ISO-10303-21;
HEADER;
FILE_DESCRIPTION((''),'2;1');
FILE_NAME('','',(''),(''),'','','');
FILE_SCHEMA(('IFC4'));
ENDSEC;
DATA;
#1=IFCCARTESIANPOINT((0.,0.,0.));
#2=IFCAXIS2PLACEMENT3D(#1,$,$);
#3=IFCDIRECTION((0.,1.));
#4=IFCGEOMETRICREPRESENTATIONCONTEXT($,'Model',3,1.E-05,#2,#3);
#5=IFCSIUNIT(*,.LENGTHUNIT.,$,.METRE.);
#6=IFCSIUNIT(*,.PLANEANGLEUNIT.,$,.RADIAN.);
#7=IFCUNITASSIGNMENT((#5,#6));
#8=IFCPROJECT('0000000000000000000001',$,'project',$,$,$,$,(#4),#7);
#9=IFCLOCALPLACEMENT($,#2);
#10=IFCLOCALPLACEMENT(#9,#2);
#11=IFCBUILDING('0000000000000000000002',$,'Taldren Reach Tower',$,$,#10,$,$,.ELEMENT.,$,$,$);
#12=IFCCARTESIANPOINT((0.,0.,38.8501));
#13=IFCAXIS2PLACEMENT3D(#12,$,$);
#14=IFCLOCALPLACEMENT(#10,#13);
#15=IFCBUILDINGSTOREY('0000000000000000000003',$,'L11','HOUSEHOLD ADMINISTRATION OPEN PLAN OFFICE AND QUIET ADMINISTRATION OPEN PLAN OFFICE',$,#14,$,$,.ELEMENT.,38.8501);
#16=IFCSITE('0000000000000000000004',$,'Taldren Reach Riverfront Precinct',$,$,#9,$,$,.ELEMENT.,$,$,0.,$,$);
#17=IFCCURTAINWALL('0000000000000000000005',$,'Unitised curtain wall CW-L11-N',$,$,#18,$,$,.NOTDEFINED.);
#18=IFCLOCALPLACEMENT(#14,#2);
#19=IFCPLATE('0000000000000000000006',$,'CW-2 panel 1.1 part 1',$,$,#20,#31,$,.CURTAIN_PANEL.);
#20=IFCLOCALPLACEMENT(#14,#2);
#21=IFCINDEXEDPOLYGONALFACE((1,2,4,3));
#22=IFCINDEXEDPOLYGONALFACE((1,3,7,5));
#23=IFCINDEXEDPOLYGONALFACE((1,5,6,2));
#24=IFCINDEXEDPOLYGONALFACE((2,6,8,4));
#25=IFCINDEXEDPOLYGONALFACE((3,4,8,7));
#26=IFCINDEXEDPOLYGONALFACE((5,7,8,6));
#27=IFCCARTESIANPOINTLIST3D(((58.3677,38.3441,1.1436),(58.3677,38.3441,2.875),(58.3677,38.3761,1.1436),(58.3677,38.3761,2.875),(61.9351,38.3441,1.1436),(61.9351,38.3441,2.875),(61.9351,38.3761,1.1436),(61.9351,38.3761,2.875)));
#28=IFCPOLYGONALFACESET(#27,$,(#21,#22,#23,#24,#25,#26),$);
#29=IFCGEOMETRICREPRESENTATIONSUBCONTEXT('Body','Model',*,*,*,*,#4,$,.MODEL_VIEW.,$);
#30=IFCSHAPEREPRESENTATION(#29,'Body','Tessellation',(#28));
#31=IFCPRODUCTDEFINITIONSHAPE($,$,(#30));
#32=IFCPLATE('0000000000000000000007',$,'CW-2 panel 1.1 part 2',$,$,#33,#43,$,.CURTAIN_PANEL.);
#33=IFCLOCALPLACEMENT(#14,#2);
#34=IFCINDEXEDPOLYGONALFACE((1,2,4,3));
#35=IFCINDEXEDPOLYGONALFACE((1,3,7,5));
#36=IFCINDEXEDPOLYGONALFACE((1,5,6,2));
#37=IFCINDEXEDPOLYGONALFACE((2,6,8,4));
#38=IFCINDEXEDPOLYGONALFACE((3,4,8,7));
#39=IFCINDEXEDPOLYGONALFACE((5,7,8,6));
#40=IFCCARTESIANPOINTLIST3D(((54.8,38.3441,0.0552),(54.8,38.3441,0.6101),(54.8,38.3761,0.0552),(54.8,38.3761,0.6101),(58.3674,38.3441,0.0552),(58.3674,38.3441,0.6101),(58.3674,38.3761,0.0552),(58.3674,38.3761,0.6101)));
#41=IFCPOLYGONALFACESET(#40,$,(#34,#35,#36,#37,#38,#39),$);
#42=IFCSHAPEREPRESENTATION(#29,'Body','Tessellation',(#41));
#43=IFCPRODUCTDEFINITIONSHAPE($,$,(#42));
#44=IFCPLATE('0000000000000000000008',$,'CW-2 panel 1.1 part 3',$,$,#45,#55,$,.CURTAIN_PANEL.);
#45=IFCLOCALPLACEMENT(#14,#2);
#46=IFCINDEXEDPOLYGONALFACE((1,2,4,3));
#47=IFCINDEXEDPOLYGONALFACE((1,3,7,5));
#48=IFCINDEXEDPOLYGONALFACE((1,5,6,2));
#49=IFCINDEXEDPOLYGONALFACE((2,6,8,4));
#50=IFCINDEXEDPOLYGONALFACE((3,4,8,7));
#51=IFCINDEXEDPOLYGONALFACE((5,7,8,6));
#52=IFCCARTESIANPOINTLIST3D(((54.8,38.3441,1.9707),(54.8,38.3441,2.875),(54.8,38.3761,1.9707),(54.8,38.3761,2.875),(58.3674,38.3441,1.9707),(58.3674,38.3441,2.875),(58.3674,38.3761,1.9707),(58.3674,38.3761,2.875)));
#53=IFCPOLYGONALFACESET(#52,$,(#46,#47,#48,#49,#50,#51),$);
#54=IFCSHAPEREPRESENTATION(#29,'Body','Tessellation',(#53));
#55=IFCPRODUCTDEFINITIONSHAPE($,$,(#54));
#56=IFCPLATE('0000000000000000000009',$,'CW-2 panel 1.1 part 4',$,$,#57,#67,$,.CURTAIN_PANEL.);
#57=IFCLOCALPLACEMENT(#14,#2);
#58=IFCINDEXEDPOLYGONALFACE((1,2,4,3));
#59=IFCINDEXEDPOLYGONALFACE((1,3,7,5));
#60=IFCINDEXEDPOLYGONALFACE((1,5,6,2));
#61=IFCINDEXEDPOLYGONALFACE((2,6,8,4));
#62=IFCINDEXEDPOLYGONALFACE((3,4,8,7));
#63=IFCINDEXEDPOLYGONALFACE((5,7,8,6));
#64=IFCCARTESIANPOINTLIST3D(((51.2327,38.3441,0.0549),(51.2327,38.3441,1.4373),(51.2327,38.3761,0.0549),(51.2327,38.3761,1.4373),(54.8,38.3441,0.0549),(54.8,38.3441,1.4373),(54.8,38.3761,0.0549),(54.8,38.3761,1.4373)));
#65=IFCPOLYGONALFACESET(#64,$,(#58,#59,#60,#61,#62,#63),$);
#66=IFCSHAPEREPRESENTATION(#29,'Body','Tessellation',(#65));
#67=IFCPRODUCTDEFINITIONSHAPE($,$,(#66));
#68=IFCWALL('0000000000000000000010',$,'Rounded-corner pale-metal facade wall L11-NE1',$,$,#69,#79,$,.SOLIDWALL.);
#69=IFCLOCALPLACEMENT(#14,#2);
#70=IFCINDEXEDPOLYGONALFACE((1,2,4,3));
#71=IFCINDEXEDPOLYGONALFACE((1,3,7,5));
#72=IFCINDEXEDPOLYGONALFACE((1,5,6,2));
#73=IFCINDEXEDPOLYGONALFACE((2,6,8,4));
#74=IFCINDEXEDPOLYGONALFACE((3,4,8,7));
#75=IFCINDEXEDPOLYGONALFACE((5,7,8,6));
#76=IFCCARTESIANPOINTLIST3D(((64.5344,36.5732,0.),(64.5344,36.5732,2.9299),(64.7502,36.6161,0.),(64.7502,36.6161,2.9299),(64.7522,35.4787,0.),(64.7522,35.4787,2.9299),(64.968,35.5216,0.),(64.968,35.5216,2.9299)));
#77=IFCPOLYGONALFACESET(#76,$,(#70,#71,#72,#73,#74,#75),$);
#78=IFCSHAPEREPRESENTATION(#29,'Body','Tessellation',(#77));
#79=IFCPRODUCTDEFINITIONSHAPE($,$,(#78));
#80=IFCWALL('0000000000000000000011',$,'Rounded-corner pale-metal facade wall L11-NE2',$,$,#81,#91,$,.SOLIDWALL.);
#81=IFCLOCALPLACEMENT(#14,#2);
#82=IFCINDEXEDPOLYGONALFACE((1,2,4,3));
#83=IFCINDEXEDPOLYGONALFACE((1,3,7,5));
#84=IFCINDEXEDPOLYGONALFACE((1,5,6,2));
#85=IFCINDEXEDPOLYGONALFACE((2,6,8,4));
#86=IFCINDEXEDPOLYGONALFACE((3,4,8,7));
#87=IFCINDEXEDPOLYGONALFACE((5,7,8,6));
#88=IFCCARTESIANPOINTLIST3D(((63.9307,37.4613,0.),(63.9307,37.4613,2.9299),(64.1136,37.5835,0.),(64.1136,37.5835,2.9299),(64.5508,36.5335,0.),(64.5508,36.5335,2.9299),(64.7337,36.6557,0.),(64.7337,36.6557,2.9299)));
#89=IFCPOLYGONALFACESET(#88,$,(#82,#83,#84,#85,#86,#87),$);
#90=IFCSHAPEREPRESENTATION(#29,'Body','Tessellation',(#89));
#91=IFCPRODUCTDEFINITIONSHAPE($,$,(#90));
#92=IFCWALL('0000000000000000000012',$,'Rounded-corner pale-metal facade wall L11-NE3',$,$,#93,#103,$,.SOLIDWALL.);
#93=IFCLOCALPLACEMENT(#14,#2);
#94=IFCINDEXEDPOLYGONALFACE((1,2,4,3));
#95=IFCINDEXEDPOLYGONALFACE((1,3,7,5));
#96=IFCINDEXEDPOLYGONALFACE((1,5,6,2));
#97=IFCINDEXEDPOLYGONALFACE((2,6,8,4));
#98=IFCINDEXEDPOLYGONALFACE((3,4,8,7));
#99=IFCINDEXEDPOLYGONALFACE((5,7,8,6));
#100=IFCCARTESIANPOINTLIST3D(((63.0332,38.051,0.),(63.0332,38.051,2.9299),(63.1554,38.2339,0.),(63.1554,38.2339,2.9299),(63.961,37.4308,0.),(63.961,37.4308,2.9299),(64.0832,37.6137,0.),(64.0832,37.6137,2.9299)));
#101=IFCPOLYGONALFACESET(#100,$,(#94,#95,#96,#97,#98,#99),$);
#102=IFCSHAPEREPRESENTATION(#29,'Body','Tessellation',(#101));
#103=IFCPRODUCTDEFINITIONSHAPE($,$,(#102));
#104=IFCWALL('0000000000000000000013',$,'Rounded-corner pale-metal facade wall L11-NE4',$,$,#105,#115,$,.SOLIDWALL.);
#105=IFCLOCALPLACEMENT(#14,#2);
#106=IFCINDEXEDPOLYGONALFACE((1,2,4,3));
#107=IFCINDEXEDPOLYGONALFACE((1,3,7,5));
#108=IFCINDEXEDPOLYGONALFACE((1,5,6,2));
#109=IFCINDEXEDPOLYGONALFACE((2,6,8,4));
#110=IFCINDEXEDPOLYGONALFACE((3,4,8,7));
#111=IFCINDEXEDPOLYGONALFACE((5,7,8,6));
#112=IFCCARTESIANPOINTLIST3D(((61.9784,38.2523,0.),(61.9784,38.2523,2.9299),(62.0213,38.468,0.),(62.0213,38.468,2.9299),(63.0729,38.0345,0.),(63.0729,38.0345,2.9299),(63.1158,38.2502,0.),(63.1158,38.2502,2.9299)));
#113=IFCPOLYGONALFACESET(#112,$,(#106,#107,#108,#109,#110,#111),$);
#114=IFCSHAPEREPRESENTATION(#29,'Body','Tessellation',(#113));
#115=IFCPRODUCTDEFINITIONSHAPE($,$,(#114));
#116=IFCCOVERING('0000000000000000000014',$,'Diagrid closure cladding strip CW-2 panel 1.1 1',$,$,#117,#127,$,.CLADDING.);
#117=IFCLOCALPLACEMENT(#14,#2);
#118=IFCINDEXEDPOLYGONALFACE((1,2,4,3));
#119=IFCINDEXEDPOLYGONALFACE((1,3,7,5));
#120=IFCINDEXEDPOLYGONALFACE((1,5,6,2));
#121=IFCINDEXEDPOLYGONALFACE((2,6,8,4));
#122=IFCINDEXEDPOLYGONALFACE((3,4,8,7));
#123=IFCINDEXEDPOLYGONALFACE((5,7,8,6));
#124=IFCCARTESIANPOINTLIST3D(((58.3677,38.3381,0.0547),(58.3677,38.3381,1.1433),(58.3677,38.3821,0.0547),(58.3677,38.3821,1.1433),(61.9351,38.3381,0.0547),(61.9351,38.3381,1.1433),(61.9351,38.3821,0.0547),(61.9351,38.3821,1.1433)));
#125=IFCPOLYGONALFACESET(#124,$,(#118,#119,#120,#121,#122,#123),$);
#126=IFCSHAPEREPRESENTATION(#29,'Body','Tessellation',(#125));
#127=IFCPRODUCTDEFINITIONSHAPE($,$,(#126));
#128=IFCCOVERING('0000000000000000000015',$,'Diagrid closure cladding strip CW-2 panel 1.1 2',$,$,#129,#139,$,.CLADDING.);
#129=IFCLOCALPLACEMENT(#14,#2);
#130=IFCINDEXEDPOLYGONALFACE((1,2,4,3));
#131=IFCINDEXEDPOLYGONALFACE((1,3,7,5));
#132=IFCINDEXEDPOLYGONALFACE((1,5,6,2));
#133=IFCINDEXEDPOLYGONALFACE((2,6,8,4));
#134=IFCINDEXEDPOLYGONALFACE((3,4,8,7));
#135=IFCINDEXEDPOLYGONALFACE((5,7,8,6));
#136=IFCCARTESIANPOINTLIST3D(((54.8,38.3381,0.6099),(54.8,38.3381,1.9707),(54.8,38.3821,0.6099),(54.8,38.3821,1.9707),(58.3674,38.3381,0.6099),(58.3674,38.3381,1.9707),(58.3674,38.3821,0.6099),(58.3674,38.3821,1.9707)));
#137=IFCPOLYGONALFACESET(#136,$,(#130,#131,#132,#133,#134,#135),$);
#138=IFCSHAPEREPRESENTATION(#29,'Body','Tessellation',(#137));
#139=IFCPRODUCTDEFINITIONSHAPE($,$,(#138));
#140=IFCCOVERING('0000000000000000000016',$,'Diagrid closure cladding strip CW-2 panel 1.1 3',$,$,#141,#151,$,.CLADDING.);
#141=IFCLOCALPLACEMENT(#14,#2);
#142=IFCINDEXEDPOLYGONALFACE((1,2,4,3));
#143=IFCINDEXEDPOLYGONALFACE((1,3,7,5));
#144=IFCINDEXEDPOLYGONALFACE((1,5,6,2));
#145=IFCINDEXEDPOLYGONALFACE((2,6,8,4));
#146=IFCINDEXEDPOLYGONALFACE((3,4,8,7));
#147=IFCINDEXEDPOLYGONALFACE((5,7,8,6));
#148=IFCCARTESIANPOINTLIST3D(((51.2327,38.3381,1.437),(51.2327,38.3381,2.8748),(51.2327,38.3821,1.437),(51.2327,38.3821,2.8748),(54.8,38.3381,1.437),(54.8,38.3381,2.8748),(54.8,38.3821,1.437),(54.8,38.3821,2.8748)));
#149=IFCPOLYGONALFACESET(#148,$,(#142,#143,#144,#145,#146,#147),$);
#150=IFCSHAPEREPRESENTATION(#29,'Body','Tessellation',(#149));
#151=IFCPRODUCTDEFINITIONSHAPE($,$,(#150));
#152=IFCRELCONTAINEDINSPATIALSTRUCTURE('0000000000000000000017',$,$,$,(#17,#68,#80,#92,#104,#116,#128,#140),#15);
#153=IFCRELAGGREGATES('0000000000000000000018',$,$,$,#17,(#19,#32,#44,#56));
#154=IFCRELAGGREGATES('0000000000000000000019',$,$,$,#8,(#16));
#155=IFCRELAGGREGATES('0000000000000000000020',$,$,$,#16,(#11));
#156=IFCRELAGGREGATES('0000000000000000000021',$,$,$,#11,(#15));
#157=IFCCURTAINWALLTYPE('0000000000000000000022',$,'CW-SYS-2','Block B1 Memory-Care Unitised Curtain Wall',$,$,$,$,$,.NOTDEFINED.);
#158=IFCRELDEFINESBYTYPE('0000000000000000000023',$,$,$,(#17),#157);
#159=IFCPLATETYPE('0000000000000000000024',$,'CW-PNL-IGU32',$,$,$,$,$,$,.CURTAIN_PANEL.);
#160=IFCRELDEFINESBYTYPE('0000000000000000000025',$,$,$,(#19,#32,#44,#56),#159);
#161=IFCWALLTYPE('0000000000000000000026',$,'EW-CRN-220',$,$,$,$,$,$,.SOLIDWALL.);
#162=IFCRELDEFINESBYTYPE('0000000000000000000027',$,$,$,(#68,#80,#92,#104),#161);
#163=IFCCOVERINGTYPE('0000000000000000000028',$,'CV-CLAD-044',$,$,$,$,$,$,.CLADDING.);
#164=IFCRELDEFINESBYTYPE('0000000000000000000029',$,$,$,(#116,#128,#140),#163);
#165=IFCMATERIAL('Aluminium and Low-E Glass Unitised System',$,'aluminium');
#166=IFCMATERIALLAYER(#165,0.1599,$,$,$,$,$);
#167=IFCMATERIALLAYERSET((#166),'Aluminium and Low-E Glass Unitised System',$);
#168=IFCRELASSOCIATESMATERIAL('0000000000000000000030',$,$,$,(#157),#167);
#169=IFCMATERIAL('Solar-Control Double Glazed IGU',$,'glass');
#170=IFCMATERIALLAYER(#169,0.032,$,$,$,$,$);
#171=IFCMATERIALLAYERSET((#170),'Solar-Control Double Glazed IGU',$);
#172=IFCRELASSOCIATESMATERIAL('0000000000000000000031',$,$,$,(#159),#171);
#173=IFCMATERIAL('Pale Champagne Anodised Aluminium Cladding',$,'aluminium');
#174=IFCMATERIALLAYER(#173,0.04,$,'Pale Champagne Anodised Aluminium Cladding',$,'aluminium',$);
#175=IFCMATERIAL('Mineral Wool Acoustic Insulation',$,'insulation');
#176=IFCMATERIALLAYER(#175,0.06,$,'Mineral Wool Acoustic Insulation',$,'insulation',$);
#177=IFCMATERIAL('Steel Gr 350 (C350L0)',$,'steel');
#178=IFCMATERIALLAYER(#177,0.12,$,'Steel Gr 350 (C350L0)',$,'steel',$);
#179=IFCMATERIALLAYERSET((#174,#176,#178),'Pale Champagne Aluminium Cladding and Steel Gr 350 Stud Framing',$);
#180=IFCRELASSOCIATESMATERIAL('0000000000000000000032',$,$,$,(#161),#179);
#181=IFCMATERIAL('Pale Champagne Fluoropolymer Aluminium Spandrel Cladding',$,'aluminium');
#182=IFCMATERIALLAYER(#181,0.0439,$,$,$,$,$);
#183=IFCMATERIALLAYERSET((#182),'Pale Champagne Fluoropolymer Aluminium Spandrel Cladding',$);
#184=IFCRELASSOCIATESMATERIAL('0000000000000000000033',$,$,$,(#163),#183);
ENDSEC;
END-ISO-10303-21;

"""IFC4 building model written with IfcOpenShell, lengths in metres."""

from ifc_helpers import new_model, si_unit, direction, frame, frame_2d, origin, origin_2d, place, context, subcontext, project, spatial, rectangle, extrude, source, transform, mapped, material, layer, layer_set, type_object, element, aggregate, save


model = new_model("IFC4")

# Units and contexts
model_context = context("Model", 3, precision=1e-05, world=origin(), true_north=direction((0.0, 1.0)))
body_context = subcontext(model_context, "Body", "Model", "MODEL_VIEW")
ifc_project = project(units=[si_unit("LENGTHUNIT", "METRE"), si_unit("PLANEANGLEUNIT", "RADIAN")], contexts=[model_context])

# Site, building, storey
site_placement = place(None, origin())
site = spatial("IfcSite", under=ifc_project, at=site_placement, Name="Taldren Reach Riverfront Precinct", CompositionType="ELEMENT", RefElevation=0.0)
building_placement = place(site_placement, origin())
building = spatial("IfcBuilding", under=site, at=building_placement, Name="Taldren Reach Tower", CompositionType="ELEMENT")
storey_placement = place(building_placement, frame((0.0, 0.0, 38.8501)))
storey = spatial("IfcBuildingStorey", under=building, at=storey_placement, Name="L11", Description="HOUSEHOLD ADMINISTRATION OPEN PLAN OFFICE AND QUIET ADMINISTRATION OPEN PLAN OFFICE", CompositionType="ELEMENT", Elevation=38.8501)

# Shared definitions
ifc_material_1 = material(Name="Steel Gr 350 (C350L0)", Category="steel")

# Curtain wall
ifc_material_2 = material(Name="Aluminium and Low-E Glass Unitised System", Category="aluminium")
ifc_layer_1 = layer(ifc_material_2, 0.1599)
ifc_layer_set_1 = layer_set([ifc_layer_1], Name="Aluminium and Low-E Glass Unitised System")
curtain_wall_type = type_object("IfcCurtainWallType", Name="CW-SYS-2", Description="Block B1 Memory-Care Unitised Curtain Wall", PredefinedType="NOTDEFINED", material=ifc_layer_set_1)
curtain_wall_1_placement = place(storey_placement, origin())
curtain_wall_1 = element("IfcCurtainWall", 1, at=curtain_wall_1_placement, inside=storey, type_object=curtain_wall_type, Name="Unitised curtain wall CW-L11-N", PredefinedType="NOTDEFINED")

# Plates
ifc_material_3 = material(Name="Solar-Control Double Glazed IGU", Category="glass")
ifc_layer_2 = layer(ifc_material_3, 0.032)
ifc_layer_set_2 = layer_set([ifc_layer_2], Name="Solar-Control Double Glazed IGU")
plate_type_1 = type_object("IfcPlateType", Name="CW-PNL-IGU32", PredefinedType="CURTAIN_PANEL", material=ifc_layer_set_2)
shared_shape_1 = source(origin(), body_context, "Body", "SweptSolid", [
    extrude(rectangle(XDim=3.5674, YDim=0.032, at=origin_2d()), origin(), (0.0, 0.0, 1.0), 1.7314),
])
plate_1_placement = place(storey_placement, frame((60.1514, 38.3601, 1.1436), z_axis=(0.0, 0.0, 1.0), x_axis=(-1.0, 0.0, 0.0)))
plate_1 = element("IfcPlate", 2, at=plate_1_placement, type_object=plate_type_1, Name="CW-2 panel 1.1 part 1", PredefinedType="CURTAIN_PANEL", context=body_context, shape_type="MappedRepresentation", body=[
    mapped(shared_shape_1, transform((0.0, 0.0, 0.0), scale=1.0)),
])
shared_shape_2 = source(origin(), body_context, "Body", "SweptSolid", [
    extrude(rectangle(XDim=3.5674, YDim=0.032, at=origin_2d()), origin(), (0.0, 0.0, 1.0), 0.5549),
])
plate_2_placement = place(storey_placement, frame((56.5837, 38.3601, 0.0552), z_axis=(0.0, 0.0, 1.0), x_axis=(-1.0, 0.0, 0.0)))
plate_2 = element("IfcPlate", 3, at=plate_2_placement, type_object=plate_type_1, Name="CW-2 panel 1.1 part 2", PredefinedType="CURTAIN_PANEL", context=body_context, shape_type="MappedRepresentation", body=[
    mapped(shared_shape_2, transform((0.0, 0.0, 0.0), scale=1.0)),
])
shared_shape_3 = source(origin(), body_context, "Body", "SweptSolid", [
    extrude(rectangle(XDim=3.5674, YDim=0.032, at=origin_2d()), origin(), (0.0, 0.0, 1.0), 0.9043),
])
plate_3_placement = place(storey_placement, frame((56.5837, 38.3601, 1.9707), z_axis=(0.0, 0.0, 1.0), x_axis=(-1.0, 0.0, 0.0)))
plate_3 = element("IfcPlate", 4, at=plate_3_placement, type_object=plate_type_1, Name="CW-2 panel 1.1 part 3", PredefinedType="CURTAIN_PANEL", context=body_context, shape_type="MappedRepresentation", body=[
    mapped(shared_shape_3, transform((0.0, 0.0, 0.0), scale=1.0)),
])
shared_shape_4 = source(origin(), body_context, "Body", "SweptSolid", [
    extrude(rectangle(XDim=3.5674, YDim=0.032, at=origin_2d()), origin(), (0.0, 0.0, 1.0), 1.3823),
])
plate_4_placement = place(storey_placement, frame((53.0164, 38.3601, 0.0549), z_axis=(0.0, 0.0, 1.0), x_axis=(-1.0, 0.0, 0.0)))
plate_4 = element("IfcPlate", 5, at=plate_4_placement, type_object=plate_type_1, Name="CW-2 panel 1.1 part 4", PredefinedType="CURTAIN_PANEL", context=body_context, shape_type="MappedRepresentation", body=[
    mapped(shared_shape_4, transform((0.0, 0.0, 0.0), scale=1.0)),
])
aggregate(curtain_wall_1, [plate_1, plate_2, plate_3, plate_4])

# Walls
ifc_material_4 = material(Name="Pale Champagne Anodised Aluminium Cladding", Category="aluminium")
ifc_layer_3 = layer(ifc_material_4, 0.04, Name="Pale Champagne Anodised Aluminium Cladding", Category="aluminium")
ifc_material_5 = material(Name="Mineral Wool Acoustic Insulation", Category="insulation")
ifc_layer_4 = layer(ifc_material_5, 0.06, Name="Mineral Wool Acoustic Insulation", Category="insulation")
ifc_layer_5 = layer(ifc_material_1, 0.12, Name="Steel Gr 350 (C350L0)", Category="steel")
ifc_layer_set_3 = layer_set([ifc_layer_3, ifc_layer_4, ifc_layer_5], Name="Pale Champagne Aluminium Cladding and Steel Gr 350 Stud Framing")
wall_type = type_object("IfcWallType", Name="EW-CRN-220", PredefinedType="SOLIDWALL", material=ifc_layer_set_3)
shared_shape_5 = source(origin(), body_context, "Body", "SweptSolid", [
    extrude(rectangle(XDim=1.116, YDim=0.22, at=frame_2d((0.5581, 0.0))), origin(), (0.0, 0.0, 1.0), 2.9299),
])
for number, where, z_axis, x_axis, name in (
    (6, (64.8601, 35.5, 0.0), (0.0, 0.0, 1.0), (-0.195148, 0.980774, 0.0), "Rounded-corner pale-metal facade wall L11-NE1"),
    (7, (64.6423, 36.5945, 0.0), (0.0, 0.0, 1.0), (-0.55571, 0.831377, 0.0), "Rounded-corner pale-metal facade wall L11-NE2"),
    (8, (64.0222, 37.5222, 0.0), (0.0, 0.0, 1.0), (-0.831377, 0.55571, 0.0), "Rounded-corner pale-metal facade wall L11-NE3"),
    (9, (63.0945, 38.1423, 0.0), (0.0, 0.0, 1.0), (-0.980774, 0.195148, 0.0), "Rounded-corner pale-metal facade wall L11-NE4"),
):
    element("IfcWall", number, at=place(storey_placement, frame(where, z_axis=z_axis, x_axis=x_axis)), inside=storey, type_object=wall_type, Name=name, PredefinedType="SOLIDWALL", context=body_context, shape_type="MappedRepresentation", body=[
        mapped(shared_shape_5, transform((0.0, 0.0, 0.0), scale=1.0)),
    ])

# Coverings
ifc_material_6 = material(Name="Pale Champagne Fluoropolymer Aluminium Spandrel Cladding", Category="aluminium")
ifc_layer_6 = layer(ifc_material_6, 0.0439)
ifc_layer_set_4 = layer_set([ifc_layer_6], Name="Pale Champagne Fluoropolymer Aluminium Spandrel Cladding")
covering_type = type_object("IfcCoveringType", Name="CV-CLAD-044", PredefinedType="CLADDING", material=ifc_layer_set_4)
shared_shape_6 = source(origin(), body_context, "Body", "SweptSolid", [
    extrude(rectangle(XDim=3.5674, YDim=0.0439, at=origin_2d()), origin(), (0.0, 0.0, 1.0), 1.0886),
])
covering_1_placement = place(storey_placement, frame((60.1514, 38.3601, 0.0547), z_axis=(0.0, 0.0, 1.0), x_axis=(-1.0, 0.0, 0.0)))
element("IfcCovering", 10, at=covering_1_placement, inside=storey, type_object=covering_type, Name="Diagrid closure cladding strip CW-2 panel 1.1 1", PredefinedType="CLADDING", context=body_context, shape_type="MappedRepresentation", body=[
    mapped(shared_shape_6, transform((0.0, 0.0, 0.0), scale=1.0)),
])
shared_shape_7 = source(origin(), body_context, "Body", "SweptSolid", [
    extrude(rectangle(XDim=3.5674, YDim=0.0439, at=origin_2d()), origin(), (0.0, 0.0, 1.0), 1.3608),
])
covering_2_placement = place(storey_placement, frame((56.5837, 38.3601, 0.6099), z_axis=(0.0, 0.0, 1.0), x_axis=(-1.0, 0.0, 0.0)))
element("IfcCovering", 11, at=covering_2_placement, inside=storey, type_object=covering_type, Name="Diagrid closure cladding strip CW-2 panel 1.1 2", PredefinedType="CLADDING", context=body_context, shape_type="MappedRepresentation", body=[
    mapped(shared_shape_7, transform((0.0, 0.0, 0.0), scale=1.0)),
])
shared_shape_8 = source(origin(), body_context, "Body", "SweptSolid", [
    extrude(rectangle(XDim=3.5674, YDim=0.0439, at=origin_2d()), origin(), (0.0, 0.0, 1.0), 1.4377),
])
covering_3_placement = place(storey_placement, frame((53.0164, 38.3601, 1.437), z_axis=(0.0, 0.0, 1.0), x_axis=(-1.0, 0.0, 0.0)))
element("IfcCovering", 12, at=covering_3_placement, inside=storey, type_object=covering_type, Name="Diagrid closure cladding strip CW-2 panel 1.1 3", PredefinedType="CLADDING", context=body_context, shape_type="MappedRepresentation", body=[
    mapped(shared_shape_8, transform((0.0, 0.0, 0.0), scale=1.0)),
])

save(model, "model.ifc")
